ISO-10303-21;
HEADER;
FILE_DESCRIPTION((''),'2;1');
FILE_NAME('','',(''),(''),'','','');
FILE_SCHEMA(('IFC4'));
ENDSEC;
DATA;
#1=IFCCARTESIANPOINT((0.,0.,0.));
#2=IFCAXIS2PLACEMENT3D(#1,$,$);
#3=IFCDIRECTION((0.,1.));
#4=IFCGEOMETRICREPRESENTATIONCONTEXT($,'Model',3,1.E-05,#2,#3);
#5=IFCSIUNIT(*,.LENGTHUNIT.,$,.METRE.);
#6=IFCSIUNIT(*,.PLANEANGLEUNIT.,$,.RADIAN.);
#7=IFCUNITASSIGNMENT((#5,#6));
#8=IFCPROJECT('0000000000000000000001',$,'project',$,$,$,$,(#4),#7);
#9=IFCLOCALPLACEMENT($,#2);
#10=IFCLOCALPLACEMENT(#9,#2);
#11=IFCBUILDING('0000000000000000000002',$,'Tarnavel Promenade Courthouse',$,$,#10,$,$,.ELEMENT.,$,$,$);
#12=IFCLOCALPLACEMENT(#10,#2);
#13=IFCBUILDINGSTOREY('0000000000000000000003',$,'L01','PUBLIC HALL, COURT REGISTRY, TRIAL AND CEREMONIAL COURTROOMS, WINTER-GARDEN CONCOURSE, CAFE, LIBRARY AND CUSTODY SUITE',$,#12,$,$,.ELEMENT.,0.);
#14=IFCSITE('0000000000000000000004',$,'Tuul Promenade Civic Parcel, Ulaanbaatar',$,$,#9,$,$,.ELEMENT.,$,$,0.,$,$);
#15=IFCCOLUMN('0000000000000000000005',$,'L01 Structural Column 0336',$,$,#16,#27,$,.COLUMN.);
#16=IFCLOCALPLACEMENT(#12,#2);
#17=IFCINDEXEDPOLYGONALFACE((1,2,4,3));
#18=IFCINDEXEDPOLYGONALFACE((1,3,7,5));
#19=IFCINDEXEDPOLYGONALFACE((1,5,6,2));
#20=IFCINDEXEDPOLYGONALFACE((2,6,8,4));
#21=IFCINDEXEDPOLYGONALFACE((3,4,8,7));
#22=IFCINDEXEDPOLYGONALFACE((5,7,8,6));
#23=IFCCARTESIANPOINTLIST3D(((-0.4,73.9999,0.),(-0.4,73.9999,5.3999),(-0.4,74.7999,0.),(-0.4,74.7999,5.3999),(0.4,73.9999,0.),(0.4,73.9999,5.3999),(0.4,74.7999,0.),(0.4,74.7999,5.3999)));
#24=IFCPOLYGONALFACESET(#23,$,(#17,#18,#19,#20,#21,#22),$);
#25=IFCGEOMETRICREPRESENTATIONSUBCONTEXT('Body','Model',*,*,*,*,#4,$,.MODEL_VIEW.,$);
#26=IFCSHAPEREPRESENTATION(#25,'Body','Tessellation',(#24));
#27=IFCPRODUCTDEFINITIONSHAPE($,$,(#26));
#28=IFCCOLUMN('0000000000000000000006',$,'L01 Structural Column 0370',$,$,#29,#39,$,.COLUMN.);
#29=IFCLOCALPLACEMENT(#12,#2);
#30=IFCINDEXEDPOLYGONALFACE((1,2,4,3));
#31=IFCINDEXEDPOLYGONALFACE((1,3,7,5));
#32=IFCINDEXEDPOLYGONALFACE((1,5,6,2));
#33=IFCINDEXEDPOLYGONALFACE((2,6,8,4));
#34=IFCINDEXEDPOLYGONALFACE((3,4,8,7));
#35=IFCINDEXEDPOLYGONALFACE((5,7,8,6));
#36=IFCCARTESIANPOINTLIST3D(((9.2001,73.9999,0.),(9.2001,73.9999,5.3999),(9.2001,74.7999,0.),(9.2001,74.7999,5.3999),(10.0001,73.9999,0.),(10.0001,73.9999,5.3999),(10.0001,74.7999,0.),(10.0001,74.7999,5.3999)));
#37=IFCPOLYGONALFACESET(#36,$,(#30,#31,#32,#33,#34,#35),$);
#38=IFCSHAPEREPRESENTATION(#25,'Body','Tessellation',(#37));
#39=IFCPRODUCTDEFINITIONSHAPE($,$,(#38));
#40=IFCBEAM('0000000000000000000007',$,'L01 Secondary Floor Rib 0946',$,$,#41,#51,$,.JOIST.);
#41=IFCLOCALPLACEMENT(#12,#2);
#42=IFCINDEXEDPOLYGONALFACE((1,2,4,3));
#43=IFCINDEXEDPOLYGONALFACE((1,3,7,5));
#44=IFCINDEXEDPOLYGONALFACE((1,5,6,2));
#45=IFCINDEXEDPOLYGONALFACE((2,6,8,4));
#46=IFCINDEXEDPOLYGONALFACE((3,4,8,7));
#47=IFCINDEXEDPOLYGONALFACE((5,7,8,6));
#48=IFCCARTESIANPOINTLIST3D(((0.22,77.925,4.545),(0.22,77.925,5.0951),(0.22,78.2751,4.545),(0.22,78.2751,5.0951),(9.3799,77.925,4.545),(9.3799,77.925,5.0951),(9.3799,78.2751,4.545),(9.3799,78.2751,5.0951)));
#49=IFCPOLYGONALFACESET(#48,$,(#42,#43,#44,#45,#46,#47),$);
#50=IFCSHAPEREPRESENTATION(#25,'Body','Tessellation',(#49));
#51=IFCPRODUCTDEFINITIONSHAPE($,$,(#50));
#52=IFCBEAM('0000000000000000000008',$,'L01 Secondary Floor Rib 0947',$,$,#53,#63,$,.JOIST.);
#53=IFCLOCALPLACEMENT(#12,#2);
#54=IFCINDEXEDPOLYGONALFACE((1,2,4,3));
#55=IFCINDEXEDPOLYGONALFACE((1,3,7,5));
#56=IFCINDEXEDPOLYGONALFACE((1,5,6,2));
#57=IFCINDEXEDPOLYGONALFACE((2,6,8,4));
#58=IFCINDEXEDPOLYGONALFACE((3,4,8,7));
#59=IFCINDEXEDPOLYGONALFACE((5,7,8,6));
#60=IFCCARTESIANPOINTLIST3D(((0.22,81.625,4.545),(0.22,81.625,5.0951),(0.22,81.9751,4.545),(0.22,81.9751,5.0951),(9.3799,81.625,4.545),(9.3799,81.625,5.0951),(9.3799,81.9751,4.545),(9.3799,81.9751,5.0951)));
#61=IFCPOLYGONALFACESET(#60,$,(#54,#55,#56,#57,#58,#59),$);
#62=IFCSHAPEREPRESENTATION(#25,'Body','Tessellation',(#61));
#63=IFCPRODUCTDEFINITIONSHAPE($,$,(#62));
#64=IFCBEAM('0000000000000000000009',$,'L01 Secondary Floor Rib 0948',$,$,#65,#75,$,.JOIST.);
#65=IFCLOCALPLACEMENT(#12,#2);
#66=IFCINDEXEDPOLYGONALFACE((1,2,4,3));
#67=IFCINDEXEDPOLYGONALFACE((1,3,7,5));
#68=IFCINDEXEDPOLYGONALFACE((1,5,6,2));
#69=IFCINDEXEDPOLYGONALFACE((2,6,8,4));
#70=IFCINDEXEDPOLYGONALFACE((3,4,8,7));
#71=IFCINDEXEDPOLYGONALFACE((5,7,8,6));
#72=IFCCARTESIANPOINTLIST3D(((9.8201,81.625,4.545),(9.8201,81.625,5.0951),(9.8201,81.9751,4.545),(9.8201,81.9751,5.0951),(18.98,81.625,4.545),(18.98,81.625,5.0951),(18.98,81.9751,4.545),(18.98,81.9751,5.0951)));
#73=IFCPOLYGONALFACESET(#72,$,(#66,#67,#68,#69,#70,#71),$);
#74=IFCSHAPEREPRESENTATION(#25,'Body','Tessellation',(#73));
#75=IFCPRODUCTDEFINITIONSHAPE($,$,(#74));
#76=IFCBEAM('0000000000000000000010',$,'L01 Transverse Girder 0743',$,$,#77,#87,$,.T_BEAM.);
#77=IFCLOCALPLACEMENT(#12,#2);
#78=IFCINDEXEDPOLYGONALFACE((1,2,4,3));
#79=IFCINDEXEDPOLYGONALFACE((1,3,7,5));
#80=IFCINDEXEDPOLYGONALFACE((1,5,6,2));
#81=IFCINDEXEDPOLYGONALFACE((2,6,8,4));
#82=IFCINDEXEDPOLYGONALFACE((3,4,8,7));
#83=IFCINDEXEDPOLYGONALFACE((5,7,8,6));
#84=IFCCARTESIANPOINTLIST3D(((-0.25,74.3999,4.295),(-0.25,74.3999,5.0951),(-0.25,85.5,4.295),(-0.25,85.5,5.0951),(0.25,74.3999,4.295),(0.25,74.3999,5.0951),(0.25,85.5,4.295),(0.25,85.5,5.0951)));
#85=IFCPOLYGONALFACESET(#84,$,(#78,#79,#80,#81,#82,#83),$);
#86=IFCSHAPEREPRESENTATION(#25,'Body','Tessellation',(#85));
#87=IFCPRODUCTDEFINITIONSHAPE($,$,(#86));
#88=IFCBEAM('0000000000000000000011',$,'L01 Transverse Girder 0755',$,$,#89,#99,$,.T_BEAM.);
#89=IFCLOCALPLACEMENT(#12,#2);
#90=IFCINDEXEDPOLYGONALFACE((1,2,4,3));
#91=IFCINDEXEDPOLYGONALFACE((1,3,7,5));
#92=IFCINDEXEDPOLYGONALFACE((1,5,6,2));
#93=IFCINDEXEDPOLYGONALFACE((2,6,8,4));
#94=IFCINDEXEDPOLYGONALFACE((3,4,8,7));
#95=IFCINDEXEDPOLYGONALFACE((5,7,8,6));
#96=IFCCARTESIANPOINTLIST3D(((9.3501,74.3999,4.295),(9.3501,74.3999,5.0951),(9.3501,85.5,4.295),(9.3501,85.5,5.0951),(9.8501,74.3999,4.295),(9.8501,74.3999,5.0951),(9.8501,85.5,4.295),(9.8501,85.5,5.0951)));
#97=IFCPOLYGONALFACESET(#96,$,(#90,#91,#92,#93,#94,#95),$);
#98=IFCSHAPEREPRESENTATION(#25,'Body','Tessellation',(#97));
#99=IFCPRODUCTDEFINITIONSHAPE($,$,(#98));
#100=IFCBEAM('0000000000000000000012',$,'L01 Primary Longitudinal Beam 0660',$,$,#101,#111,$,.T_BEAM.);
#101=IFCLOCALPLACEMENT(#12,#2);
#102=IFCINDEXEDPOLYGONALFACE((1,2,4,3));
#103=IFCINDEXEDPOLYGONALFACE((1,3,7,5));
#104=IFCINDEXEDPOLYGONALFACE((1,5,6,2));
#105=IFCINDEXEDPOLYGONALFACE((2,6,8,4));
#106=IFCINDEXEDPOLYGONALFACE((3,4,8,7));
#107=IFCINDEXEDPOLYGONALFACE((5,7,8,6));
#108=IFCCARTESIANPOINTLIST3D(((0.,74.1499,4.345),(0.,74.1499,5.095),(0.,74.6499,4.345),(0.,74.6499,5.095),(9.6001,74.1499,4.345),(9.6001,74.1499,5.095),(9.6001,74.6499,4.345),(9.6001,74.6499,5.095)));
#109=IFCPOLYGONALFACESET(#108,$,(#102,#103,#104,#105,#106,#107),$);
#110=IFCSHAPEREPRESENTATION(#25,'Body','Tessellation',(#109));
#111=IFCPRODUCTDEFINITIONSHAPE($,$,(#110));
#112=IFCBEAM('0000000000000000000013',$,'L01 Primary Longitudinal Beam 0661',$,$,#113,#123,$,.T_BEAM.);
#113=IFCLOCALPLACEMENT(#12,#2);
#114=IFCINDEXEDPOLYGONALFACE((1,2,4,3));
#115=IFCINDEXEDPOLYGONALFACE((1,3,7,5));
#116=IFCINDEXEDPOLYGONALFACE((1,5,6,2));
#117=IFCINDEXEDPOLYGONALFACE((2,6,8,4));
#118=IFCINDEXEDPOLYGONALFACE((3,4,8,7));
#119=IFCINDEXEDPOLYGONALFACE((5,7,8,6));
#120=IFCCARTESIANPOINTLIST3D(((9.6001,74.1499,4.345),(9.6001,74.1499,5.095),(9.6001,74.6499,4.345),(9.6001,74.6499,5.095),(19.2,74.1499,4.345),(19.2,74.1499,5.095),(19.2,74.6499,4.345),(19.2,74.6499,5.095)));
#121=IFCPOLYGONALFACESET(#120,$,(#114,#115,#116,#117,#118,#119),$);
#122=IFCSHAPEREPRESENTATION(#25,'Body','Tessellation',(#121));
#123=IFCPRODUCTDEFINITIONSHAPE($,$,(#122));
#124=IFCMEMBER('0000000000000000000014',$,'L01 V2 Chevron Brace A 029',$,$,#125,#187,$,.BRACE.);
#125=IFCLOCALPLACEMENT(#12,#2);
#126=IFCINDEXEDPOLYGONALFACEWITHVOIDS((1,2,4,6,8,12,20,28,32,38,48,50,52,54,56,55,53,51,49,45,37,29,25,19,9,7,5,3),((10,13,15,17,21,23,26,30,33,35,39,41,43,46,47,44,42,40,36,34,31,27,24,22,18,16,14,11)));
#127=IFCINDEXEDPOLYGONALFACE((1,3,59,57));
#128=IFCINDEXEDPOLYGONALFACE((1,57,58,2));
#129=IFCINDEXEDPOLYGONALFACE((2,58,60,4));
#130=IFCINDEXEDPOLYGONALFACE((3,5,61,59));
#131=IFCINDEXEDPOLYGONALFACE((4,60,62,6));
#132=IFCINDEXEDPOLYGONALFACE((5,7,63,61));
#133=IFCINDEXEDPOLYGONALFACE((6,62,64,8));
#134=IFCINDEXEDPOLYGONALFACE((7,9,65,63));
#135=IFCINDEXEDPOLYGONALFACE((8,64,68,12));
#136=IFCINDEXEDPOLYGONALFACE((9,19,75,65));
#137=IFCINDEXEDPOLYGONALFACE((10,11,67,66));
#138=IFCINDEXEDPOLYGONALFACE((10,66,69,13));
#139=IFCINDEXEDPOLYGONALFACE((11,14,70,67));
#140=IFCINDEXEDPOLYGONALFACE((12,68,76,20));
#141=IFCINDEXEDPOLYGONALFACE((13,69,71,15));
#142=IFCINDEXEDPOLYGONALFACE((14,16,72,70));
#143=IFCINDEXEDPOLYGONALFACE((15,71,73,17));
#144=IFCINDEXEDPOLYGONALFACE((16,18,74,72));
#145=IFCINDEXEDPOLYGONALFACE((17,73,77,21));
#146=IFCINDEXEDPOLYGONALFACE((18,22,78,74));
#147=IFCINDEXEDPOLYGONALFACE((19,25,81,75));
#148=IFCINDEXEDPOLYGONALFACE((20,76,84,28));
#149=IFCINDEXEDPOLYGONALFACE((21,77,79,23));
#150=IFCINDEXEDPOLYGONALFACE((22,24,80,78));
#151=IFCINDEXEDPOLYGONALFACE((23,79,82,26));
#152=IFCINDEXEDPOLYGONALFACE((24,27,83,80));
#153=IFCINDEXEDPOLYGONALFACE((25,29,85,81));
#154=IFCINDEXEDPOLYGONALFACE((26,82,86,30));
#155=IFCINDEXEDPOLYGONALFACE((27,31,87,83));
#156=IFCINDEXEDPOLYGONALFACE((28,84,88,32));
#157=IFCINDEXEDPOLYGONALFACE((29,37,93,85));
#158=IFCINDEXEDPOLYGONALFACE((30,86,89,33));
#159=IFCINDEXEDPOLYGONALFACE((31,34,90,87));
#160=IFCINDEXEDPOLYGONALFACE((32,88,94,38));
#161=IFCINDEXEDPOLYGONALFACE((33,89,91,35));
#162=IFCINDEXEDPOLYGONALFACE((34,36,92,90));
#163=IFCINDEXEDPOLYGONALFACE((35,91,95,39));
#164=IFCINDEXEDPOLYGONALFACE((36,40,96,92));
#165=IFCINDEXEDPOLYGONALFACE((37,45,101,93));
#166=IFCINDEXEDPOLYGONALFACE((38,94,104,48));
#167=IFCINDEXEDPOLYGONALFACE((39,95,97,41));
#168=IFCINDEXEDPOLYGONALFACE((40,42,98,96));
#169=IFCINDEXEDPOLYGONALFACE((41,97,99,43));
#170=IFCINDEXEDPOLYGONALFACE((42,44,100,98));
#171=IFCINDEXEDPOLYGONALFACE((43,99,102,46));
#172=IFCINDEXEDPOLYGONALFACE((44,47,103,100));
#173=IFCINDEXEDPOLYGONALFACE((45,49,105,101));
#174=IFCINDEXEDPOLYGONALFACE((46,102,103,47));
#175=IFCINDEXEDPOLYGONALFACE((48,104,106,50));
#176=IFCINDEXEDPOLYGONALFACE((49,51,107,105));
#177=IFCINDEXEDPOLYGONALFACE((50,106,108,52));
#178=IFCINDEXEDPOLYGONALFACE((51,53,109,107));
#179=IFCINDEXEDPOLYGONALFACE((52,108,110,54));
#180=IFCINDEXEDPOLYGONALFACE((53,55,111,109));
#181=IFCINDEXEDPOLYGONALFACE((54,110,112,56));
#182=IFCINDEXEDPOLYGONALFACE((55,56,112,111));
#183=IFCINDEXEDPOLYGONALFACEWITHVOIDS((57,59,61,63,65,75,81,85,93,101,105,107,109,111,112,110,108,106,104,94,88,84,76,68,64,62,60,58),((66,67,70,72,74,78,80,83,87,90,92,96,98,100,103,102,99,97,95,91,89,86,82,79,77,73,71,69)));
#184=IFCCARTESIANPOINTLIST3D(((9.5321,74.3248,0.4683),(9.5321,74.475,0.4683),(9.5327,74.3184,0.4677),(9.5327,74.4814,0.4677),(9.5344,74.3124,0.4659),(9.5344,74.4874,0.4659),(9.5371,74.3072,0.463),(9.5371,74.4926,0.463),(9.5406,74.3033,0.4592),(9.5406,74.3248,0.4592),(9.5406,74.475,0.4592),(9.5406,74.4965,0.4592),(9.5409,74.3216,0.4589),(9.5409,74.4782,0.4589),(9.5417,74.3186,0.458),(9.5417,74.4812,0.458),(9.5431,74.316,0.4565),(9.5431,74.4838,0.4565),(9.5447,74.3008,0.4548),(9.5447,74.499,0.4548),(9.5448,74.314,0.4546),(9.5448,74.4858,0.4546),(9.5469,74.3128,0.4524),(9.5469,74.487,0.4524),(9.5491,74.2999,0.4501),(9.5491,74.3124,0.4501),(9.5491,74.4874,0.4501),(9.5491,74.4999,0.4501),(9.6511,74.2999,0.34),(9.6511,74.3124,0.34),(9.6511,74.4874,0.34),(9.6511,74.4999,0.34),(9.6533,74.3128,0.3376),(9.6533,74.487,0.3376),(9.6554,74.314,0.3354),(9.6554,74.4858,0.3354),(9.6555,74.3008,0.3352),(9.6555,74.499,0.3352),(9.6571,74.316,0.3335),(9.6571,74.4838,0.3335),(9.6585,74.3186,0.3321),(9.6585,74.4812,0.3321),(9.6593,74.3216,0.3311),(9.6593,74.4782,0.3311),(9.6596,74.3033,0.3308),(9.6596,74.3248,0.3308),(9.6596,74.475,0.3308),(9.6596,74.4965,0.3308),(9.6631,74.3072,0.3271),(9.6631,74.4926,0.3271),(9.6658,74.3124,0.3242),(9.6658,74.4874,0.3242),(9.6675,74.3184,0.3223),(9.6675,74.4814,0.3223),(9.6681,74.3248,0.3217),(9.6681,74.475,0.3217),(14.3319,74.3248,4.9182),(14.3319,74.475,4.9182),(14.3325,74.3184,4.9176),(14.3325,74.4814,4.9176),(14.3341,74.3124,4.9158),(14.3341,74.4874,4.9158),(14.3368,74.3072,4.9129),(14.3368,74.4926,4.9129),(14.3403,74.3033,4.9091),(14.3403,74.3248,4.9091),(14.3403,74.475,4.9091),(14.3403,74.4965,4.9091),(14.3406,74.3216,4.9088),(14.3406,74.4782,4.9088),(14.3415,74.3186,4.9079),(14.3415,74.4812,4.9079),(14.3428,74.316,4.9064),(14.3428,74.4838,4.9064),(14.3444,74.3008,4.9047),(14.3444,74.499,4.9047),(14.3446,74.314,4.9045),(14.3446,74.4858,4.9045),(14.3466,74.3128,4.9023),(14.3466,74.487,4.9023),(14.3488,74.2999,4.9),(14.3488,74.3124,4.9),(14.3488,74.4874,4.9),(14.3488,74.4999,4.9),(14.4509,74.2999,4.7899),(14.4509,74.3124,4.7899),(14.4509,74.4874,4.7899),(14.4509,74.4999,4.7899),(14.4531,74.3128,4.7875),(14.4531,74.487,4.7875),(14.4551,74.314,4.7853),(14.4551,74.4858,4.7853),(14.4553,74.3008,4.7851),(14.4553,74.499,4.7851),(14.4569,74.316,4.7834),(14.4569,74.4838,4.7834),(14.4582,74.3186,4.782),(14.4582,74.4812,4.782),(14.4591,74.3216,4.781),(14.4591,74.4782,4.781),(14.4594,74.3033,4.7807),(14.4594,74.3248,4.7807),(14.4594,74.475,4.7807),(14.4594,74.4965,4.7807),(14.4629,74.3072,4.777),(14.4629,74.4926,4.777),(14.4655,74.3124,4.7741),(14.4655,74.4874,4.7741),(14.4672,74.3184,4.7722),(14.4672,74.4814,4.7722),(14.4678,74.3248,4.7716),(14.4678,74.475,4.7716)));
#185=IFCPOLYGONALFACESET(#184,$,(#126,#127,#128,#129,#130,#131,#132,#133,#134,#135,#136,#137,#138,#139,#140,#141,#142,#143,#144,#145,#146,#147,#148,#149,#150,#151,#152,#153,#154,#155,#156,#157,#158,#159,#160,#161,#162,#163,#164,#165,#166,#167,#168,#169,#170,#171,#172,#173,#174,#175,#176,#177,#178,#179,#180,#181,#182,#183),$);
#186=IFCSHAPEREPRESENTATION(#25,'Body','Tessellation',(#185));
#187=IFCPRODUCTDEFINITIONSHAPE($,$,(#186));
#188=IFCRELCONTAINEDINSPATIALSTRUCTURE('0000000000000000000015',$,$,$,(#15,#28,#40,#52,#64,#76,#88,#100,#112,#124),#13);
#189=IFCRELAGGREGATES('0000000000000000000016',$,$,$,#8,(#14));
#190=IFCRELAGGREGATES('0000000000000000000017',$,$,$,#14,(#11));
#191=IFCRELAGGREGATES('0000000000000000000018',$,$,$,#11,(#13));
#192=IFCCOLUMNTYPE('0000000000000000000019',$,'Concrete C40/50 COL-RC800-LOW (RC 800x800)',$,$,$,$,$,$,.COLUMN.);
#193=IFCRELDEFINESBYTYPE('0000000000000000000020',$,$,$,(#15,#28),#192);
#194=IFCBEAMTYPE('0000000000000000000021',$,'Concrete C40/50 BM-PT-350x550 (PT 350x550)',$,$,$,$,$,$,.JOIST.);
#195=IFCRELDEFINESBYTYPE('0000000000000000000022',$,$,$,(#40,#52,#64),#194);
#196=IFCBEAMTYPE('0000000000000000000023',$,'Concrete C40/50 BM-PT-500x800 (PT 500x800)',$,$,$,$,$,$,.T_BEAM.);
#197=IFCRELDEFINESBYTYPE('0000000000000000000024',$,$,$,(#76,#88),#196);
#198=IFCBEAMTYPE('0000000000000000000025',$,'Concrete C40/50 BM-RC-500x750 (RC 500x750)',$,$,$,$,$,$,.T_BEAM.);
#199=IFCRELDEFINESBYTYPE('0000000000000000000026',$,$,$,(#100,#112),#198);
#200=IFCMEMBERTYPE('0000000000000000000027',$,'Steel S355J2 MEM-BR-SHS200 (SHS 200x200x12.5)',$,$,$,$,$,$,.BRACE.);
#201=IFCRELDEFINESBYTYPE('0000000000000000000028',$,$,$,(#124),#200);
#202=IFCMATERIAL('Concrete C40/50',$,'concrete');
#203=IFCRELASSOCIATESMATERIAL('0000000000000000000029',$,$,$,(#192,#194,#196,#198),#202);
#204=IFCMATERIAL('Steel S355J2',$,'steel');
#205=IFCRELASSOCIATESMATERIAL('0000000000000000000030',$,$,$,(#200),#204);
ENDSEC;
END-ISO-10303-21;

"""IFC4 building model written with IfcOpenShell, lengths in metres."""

from ifc_helpers import new_model, si_unit, direction, frame, origin, origin_2d, place, context, subcontext, project, spatial, rectangle, hollow_rectangle, extrude, material, material_profile, profile_set, type_object, element, save


model = new_model("IFC4")

# Units and contexts
model_context = context("Model", 3, precision=1e-05, world=origin(), true_north=direction((0.0, 1.0)))
body_context = subcontext(model_context, "Body", "Model", "MODEL_VIEW")
ifc_project = project(units=[si_unit("LENGTHUNIT", "METRE"), si_unit("PLANEANGLEUNIT", "RADIAN")], contexts=[model_context])

# Site, building, storey
site_placement = place(None, origin())
site = spatial("IfcSite", under=ifc_project, at=site_placement, Name="Tuul Promenade Civic Parcel, Ulaanbaatar", CompositionType="ELEMENT", RefElevation=0.0)
building_placement = place(site_placement, origin())
building = spatial("IfcBuilding", under=site, at=building_placement, Name="Tarnavel Promenade Courthouse", CompositionType="ELEMENT")
storey_placement = place(building_placement, origin())
storey = spatial("IfcBuildingStorey", under=building, at=storey_placement, Name="L01", Description="PUBLIC HALL, COURT REGISTRY, TRIAL AND CEREMONIAL COURTROOMS, WINTER-GARDEN CONCOURSE, CAFE, LIBRARY AND CUSTODY SUITE", CompositionType="ELEMENT", Elevation=0.0)

# Columns
ifc_material_1 = material(Name="Concrete C40/50", Category="concrete")
ifc_material_profile_1 = material_profile(ifc_material_1, rectangle(XDim=0.8, YDim=0.8, at=origin_2d()), Name="RC 800x800")
ifc_profile_set_1 = profile_set([ifc_material_profile_1], Name="Concrete C40/50")
column_type = type_object("IfcColumnType", Name="Concrete C40/50 COL-RC800-LOW (RC 800x800)", PredefinedType="COLUMN", material=ifc_profile_set_1)
for number, where, z_axis, x_axis, name in (
    (1, (0.0, 74.3999, 0.0), (0.0, 0.0, 1.0), (1.0, 0.0, 0.0), "L01 Structural Column 0336"),
    (2, (9.6001, 74.3999, 0.0), (0.0, 0.0, 1.0), (1.0, 0.0, 0.0), "L01 Structural Column 0370"),
):
    element("IfcColumn", number, at=place(storey_placement, frame(where, z_axis=z_axis, x_axis=x_axis)), inside=storey, type_object=column_type, Name=name, PredefinedType="COLUMN", context=body_context, shape_type="SweptSolid", body=[
        extrude(rectangle(XDim=0.8, YDim=0.8, at=origin_2d()), origin(), (0.0, 0.0, 1.0), 5.3999),
    ])

# Beams
ifc_material_profile_2 = material_profile(ifc_material_1, rectangle(XDim=0.3501, YDim=0.55, at=origin_2d()), Name="PT 350x550")
ifc_profile_set_2 = profile_set([ifc_material_profile_2], Name="Concrete C40/50")
beam_type_1 = type_object("IfcBeamType", Name="Concrete C40/50 BM-PT-350x550 (PT 350x550)", PredefinedType="JOIST", material=ifc_profile_set_2)
for number, where, z_axis, x_axis, name in (
    (3, (0.22, 78.1001, 4.8201), (1.0, 0.0, 0.0), (0.0, 1.0, 0.0), "L01 Secondary Floor Rib 0946"),
    (4, (0.22, 81.8, 4.8201), (1.0, 0.0, 0.0), (0.0, 1.0, 0.0), "L01 Secondary Floor Rib 0947"),
    (5, (9.8201, 81.8, 4.8201), (1.0, 0.0, 0.0), (0.0, 1.0, 0.0), "L01 Secondary Floor Rib 0948"),
):
    element("IfcBeam", number, at=place(storey_placement, frame(where, z_axis=z_axis, x_axis=x_axis)), inside=storey, type_object=beam_type_1, Name=name, PredefinedType="JOIST", context=body_context, shape_type="SweptSolid", body=[
        extrude(rectangle(XDim=0.3501, YDim=0.55, at=origin_2d()), origin(), (0.0, 0.0, 1.0), 9.1599),
    ])
ifc_material_profile_3 = material_profile(ifc_material_1, rectangle(XDim=0.5, YDim=0.8, at=origin_2d()), Name="PT 500x800")
ifc_profile_set_3 = profile_set([ifc_material_profile_3], Name="Concrete C40/50")
beam_type_2 = type_object("IfcBeamType", Name="Concrete C40/50 BM-PT-500x800 (PT 500x800)", PredefinedType="T_BEAM", material=ifc_profile_set_3)
for number, where, z_axis, x_axis, name in (
    (6, (0.0, 74.3999, 4.6951), (0.0, 1.0, 0.0), (-1.0, 0.0, 0.0), "L01 Transverse Girder 0743"),
    (7, (9.6001, 74.3999, 4.6951), (0.0, 1.0, 0.0), (-1.0, 0.0, 0.0), "L01 Transverse Girder 0755"),
):
    element("IfcBeam", number, at=place(storey_placement, frame(where, z_axis=z_axis, x_axis=x_axis)), inside=storey, type_object=beam_type_2, Name=name, PredefinedType="T_BEAM", context=body_context, shape_type="SweptSolid", body=[
        extrude(rectangle(XDim=0.5, YDim=0.8, at=origin_2d()), origin(), (0.0, 0.0, 1.0), 11.1001),
    ])
ifc_material_profile_4 = material_profile(ifc_material_1, rectangle(XDim=0.5, YDim=0.75, at=origin_2d()), Name="RC 500x750")
ifc_profile_set_4 = profile_set([ifc_material_profile_4], Name="Concrete C40/50")
beam_type_3 = type_object("IfcBeamType", Name="Concrete C40/50 BM-RC-500x750 (RC 500x750)", PredefinedType="T_BEAM", material=ifc_profile_set_4)
beam_1_placement = place(storey_placement, frame((0.0, 74.3999, 4.72), z_axis=(1.0, 0.0, 0.0), x_axis=(0.0, 1.0, 0.0)))
element("IfcBeam", 8, at=beam_1_placement, inside=storey, type_object=beam_type_3, Name="L01 Primary Longitudinal Beam 0660", PredefinedType="T_BEAM", context=body_context, shape_type="SweptSolid", body=[
    extrude(rectangle(XDim=0.5, YDim=0.75, at=origin_2d()), origin(), (0.0, 0.0, 1.0), 9.6001),
])
beam_2_placement = place(storey_placement, frame((9.6001, 74.3999, 4.72), z_axis=(1.0, 0.0, 0.0), x_axis=(0.0, 1.0, 0.0)))
element("IfcBeam", 9, at=beam_2_placement, inside=storey, type_object=beam_type_3, Name="L01 Primary Longitudinal Beam 0661", PredefinedType="T_BEAM", context=body_context, shape_type="SweptSolid", body=[
    extrude(rectangle(XDim=0.5, YDim=0.75, at=origin_2d()), origin(), (0.0, 0.0, 1.0), 9.5999),
])

# Member
ifc_material_2 = material(Name="Steel S355J2", Category="steel")
ifc_material_profile_5 = material_profile(ifc_material_2, hollow_rectangle(XDim=0.2, YDim=0.2, WallThickness=0.0125, InnerFilletRadius=0.0125, OuterFilletRadius=0.0249, at=origin_2d()), Name="SHS 200x200x12.5")
ifc_profile_set_5 = profile_set([ifc_material_profile_5], Name="Steel S355J2")
member_type = type_object("IfcMemberType", Name="Steel S355J2 MEM-BR-SHS200 (SHS 200x200x12.5)", PredefinedType="BRACE", material=ifc_profile_set_5)
member_placement = place(storey_placement, frame((9.6001, 74.3999, 0.395), z_axis=(0.733327, 0.0, 0.679876), x_axis=(0.0, 1.0, 0.0)))
element("IfcMember", 10, at=member_placement, inside=storey, type_object=member_type, Name="L01 V2 Chevron Brace A 029", PredefinedType="BRACE", context=body_context, shape_type="SweptSolid", body=[
    extrude(hollow_rectangle(XDim=0.2, YDim=0.2, WallThickness=0.0125, InnerFilletRadius=0.0125, OuterFilletRadius=0.0249, at=origin_2d()), origin(), (0.0, 0.0, 1.0), 6.5452),
])

save(model, "model.ifc")
